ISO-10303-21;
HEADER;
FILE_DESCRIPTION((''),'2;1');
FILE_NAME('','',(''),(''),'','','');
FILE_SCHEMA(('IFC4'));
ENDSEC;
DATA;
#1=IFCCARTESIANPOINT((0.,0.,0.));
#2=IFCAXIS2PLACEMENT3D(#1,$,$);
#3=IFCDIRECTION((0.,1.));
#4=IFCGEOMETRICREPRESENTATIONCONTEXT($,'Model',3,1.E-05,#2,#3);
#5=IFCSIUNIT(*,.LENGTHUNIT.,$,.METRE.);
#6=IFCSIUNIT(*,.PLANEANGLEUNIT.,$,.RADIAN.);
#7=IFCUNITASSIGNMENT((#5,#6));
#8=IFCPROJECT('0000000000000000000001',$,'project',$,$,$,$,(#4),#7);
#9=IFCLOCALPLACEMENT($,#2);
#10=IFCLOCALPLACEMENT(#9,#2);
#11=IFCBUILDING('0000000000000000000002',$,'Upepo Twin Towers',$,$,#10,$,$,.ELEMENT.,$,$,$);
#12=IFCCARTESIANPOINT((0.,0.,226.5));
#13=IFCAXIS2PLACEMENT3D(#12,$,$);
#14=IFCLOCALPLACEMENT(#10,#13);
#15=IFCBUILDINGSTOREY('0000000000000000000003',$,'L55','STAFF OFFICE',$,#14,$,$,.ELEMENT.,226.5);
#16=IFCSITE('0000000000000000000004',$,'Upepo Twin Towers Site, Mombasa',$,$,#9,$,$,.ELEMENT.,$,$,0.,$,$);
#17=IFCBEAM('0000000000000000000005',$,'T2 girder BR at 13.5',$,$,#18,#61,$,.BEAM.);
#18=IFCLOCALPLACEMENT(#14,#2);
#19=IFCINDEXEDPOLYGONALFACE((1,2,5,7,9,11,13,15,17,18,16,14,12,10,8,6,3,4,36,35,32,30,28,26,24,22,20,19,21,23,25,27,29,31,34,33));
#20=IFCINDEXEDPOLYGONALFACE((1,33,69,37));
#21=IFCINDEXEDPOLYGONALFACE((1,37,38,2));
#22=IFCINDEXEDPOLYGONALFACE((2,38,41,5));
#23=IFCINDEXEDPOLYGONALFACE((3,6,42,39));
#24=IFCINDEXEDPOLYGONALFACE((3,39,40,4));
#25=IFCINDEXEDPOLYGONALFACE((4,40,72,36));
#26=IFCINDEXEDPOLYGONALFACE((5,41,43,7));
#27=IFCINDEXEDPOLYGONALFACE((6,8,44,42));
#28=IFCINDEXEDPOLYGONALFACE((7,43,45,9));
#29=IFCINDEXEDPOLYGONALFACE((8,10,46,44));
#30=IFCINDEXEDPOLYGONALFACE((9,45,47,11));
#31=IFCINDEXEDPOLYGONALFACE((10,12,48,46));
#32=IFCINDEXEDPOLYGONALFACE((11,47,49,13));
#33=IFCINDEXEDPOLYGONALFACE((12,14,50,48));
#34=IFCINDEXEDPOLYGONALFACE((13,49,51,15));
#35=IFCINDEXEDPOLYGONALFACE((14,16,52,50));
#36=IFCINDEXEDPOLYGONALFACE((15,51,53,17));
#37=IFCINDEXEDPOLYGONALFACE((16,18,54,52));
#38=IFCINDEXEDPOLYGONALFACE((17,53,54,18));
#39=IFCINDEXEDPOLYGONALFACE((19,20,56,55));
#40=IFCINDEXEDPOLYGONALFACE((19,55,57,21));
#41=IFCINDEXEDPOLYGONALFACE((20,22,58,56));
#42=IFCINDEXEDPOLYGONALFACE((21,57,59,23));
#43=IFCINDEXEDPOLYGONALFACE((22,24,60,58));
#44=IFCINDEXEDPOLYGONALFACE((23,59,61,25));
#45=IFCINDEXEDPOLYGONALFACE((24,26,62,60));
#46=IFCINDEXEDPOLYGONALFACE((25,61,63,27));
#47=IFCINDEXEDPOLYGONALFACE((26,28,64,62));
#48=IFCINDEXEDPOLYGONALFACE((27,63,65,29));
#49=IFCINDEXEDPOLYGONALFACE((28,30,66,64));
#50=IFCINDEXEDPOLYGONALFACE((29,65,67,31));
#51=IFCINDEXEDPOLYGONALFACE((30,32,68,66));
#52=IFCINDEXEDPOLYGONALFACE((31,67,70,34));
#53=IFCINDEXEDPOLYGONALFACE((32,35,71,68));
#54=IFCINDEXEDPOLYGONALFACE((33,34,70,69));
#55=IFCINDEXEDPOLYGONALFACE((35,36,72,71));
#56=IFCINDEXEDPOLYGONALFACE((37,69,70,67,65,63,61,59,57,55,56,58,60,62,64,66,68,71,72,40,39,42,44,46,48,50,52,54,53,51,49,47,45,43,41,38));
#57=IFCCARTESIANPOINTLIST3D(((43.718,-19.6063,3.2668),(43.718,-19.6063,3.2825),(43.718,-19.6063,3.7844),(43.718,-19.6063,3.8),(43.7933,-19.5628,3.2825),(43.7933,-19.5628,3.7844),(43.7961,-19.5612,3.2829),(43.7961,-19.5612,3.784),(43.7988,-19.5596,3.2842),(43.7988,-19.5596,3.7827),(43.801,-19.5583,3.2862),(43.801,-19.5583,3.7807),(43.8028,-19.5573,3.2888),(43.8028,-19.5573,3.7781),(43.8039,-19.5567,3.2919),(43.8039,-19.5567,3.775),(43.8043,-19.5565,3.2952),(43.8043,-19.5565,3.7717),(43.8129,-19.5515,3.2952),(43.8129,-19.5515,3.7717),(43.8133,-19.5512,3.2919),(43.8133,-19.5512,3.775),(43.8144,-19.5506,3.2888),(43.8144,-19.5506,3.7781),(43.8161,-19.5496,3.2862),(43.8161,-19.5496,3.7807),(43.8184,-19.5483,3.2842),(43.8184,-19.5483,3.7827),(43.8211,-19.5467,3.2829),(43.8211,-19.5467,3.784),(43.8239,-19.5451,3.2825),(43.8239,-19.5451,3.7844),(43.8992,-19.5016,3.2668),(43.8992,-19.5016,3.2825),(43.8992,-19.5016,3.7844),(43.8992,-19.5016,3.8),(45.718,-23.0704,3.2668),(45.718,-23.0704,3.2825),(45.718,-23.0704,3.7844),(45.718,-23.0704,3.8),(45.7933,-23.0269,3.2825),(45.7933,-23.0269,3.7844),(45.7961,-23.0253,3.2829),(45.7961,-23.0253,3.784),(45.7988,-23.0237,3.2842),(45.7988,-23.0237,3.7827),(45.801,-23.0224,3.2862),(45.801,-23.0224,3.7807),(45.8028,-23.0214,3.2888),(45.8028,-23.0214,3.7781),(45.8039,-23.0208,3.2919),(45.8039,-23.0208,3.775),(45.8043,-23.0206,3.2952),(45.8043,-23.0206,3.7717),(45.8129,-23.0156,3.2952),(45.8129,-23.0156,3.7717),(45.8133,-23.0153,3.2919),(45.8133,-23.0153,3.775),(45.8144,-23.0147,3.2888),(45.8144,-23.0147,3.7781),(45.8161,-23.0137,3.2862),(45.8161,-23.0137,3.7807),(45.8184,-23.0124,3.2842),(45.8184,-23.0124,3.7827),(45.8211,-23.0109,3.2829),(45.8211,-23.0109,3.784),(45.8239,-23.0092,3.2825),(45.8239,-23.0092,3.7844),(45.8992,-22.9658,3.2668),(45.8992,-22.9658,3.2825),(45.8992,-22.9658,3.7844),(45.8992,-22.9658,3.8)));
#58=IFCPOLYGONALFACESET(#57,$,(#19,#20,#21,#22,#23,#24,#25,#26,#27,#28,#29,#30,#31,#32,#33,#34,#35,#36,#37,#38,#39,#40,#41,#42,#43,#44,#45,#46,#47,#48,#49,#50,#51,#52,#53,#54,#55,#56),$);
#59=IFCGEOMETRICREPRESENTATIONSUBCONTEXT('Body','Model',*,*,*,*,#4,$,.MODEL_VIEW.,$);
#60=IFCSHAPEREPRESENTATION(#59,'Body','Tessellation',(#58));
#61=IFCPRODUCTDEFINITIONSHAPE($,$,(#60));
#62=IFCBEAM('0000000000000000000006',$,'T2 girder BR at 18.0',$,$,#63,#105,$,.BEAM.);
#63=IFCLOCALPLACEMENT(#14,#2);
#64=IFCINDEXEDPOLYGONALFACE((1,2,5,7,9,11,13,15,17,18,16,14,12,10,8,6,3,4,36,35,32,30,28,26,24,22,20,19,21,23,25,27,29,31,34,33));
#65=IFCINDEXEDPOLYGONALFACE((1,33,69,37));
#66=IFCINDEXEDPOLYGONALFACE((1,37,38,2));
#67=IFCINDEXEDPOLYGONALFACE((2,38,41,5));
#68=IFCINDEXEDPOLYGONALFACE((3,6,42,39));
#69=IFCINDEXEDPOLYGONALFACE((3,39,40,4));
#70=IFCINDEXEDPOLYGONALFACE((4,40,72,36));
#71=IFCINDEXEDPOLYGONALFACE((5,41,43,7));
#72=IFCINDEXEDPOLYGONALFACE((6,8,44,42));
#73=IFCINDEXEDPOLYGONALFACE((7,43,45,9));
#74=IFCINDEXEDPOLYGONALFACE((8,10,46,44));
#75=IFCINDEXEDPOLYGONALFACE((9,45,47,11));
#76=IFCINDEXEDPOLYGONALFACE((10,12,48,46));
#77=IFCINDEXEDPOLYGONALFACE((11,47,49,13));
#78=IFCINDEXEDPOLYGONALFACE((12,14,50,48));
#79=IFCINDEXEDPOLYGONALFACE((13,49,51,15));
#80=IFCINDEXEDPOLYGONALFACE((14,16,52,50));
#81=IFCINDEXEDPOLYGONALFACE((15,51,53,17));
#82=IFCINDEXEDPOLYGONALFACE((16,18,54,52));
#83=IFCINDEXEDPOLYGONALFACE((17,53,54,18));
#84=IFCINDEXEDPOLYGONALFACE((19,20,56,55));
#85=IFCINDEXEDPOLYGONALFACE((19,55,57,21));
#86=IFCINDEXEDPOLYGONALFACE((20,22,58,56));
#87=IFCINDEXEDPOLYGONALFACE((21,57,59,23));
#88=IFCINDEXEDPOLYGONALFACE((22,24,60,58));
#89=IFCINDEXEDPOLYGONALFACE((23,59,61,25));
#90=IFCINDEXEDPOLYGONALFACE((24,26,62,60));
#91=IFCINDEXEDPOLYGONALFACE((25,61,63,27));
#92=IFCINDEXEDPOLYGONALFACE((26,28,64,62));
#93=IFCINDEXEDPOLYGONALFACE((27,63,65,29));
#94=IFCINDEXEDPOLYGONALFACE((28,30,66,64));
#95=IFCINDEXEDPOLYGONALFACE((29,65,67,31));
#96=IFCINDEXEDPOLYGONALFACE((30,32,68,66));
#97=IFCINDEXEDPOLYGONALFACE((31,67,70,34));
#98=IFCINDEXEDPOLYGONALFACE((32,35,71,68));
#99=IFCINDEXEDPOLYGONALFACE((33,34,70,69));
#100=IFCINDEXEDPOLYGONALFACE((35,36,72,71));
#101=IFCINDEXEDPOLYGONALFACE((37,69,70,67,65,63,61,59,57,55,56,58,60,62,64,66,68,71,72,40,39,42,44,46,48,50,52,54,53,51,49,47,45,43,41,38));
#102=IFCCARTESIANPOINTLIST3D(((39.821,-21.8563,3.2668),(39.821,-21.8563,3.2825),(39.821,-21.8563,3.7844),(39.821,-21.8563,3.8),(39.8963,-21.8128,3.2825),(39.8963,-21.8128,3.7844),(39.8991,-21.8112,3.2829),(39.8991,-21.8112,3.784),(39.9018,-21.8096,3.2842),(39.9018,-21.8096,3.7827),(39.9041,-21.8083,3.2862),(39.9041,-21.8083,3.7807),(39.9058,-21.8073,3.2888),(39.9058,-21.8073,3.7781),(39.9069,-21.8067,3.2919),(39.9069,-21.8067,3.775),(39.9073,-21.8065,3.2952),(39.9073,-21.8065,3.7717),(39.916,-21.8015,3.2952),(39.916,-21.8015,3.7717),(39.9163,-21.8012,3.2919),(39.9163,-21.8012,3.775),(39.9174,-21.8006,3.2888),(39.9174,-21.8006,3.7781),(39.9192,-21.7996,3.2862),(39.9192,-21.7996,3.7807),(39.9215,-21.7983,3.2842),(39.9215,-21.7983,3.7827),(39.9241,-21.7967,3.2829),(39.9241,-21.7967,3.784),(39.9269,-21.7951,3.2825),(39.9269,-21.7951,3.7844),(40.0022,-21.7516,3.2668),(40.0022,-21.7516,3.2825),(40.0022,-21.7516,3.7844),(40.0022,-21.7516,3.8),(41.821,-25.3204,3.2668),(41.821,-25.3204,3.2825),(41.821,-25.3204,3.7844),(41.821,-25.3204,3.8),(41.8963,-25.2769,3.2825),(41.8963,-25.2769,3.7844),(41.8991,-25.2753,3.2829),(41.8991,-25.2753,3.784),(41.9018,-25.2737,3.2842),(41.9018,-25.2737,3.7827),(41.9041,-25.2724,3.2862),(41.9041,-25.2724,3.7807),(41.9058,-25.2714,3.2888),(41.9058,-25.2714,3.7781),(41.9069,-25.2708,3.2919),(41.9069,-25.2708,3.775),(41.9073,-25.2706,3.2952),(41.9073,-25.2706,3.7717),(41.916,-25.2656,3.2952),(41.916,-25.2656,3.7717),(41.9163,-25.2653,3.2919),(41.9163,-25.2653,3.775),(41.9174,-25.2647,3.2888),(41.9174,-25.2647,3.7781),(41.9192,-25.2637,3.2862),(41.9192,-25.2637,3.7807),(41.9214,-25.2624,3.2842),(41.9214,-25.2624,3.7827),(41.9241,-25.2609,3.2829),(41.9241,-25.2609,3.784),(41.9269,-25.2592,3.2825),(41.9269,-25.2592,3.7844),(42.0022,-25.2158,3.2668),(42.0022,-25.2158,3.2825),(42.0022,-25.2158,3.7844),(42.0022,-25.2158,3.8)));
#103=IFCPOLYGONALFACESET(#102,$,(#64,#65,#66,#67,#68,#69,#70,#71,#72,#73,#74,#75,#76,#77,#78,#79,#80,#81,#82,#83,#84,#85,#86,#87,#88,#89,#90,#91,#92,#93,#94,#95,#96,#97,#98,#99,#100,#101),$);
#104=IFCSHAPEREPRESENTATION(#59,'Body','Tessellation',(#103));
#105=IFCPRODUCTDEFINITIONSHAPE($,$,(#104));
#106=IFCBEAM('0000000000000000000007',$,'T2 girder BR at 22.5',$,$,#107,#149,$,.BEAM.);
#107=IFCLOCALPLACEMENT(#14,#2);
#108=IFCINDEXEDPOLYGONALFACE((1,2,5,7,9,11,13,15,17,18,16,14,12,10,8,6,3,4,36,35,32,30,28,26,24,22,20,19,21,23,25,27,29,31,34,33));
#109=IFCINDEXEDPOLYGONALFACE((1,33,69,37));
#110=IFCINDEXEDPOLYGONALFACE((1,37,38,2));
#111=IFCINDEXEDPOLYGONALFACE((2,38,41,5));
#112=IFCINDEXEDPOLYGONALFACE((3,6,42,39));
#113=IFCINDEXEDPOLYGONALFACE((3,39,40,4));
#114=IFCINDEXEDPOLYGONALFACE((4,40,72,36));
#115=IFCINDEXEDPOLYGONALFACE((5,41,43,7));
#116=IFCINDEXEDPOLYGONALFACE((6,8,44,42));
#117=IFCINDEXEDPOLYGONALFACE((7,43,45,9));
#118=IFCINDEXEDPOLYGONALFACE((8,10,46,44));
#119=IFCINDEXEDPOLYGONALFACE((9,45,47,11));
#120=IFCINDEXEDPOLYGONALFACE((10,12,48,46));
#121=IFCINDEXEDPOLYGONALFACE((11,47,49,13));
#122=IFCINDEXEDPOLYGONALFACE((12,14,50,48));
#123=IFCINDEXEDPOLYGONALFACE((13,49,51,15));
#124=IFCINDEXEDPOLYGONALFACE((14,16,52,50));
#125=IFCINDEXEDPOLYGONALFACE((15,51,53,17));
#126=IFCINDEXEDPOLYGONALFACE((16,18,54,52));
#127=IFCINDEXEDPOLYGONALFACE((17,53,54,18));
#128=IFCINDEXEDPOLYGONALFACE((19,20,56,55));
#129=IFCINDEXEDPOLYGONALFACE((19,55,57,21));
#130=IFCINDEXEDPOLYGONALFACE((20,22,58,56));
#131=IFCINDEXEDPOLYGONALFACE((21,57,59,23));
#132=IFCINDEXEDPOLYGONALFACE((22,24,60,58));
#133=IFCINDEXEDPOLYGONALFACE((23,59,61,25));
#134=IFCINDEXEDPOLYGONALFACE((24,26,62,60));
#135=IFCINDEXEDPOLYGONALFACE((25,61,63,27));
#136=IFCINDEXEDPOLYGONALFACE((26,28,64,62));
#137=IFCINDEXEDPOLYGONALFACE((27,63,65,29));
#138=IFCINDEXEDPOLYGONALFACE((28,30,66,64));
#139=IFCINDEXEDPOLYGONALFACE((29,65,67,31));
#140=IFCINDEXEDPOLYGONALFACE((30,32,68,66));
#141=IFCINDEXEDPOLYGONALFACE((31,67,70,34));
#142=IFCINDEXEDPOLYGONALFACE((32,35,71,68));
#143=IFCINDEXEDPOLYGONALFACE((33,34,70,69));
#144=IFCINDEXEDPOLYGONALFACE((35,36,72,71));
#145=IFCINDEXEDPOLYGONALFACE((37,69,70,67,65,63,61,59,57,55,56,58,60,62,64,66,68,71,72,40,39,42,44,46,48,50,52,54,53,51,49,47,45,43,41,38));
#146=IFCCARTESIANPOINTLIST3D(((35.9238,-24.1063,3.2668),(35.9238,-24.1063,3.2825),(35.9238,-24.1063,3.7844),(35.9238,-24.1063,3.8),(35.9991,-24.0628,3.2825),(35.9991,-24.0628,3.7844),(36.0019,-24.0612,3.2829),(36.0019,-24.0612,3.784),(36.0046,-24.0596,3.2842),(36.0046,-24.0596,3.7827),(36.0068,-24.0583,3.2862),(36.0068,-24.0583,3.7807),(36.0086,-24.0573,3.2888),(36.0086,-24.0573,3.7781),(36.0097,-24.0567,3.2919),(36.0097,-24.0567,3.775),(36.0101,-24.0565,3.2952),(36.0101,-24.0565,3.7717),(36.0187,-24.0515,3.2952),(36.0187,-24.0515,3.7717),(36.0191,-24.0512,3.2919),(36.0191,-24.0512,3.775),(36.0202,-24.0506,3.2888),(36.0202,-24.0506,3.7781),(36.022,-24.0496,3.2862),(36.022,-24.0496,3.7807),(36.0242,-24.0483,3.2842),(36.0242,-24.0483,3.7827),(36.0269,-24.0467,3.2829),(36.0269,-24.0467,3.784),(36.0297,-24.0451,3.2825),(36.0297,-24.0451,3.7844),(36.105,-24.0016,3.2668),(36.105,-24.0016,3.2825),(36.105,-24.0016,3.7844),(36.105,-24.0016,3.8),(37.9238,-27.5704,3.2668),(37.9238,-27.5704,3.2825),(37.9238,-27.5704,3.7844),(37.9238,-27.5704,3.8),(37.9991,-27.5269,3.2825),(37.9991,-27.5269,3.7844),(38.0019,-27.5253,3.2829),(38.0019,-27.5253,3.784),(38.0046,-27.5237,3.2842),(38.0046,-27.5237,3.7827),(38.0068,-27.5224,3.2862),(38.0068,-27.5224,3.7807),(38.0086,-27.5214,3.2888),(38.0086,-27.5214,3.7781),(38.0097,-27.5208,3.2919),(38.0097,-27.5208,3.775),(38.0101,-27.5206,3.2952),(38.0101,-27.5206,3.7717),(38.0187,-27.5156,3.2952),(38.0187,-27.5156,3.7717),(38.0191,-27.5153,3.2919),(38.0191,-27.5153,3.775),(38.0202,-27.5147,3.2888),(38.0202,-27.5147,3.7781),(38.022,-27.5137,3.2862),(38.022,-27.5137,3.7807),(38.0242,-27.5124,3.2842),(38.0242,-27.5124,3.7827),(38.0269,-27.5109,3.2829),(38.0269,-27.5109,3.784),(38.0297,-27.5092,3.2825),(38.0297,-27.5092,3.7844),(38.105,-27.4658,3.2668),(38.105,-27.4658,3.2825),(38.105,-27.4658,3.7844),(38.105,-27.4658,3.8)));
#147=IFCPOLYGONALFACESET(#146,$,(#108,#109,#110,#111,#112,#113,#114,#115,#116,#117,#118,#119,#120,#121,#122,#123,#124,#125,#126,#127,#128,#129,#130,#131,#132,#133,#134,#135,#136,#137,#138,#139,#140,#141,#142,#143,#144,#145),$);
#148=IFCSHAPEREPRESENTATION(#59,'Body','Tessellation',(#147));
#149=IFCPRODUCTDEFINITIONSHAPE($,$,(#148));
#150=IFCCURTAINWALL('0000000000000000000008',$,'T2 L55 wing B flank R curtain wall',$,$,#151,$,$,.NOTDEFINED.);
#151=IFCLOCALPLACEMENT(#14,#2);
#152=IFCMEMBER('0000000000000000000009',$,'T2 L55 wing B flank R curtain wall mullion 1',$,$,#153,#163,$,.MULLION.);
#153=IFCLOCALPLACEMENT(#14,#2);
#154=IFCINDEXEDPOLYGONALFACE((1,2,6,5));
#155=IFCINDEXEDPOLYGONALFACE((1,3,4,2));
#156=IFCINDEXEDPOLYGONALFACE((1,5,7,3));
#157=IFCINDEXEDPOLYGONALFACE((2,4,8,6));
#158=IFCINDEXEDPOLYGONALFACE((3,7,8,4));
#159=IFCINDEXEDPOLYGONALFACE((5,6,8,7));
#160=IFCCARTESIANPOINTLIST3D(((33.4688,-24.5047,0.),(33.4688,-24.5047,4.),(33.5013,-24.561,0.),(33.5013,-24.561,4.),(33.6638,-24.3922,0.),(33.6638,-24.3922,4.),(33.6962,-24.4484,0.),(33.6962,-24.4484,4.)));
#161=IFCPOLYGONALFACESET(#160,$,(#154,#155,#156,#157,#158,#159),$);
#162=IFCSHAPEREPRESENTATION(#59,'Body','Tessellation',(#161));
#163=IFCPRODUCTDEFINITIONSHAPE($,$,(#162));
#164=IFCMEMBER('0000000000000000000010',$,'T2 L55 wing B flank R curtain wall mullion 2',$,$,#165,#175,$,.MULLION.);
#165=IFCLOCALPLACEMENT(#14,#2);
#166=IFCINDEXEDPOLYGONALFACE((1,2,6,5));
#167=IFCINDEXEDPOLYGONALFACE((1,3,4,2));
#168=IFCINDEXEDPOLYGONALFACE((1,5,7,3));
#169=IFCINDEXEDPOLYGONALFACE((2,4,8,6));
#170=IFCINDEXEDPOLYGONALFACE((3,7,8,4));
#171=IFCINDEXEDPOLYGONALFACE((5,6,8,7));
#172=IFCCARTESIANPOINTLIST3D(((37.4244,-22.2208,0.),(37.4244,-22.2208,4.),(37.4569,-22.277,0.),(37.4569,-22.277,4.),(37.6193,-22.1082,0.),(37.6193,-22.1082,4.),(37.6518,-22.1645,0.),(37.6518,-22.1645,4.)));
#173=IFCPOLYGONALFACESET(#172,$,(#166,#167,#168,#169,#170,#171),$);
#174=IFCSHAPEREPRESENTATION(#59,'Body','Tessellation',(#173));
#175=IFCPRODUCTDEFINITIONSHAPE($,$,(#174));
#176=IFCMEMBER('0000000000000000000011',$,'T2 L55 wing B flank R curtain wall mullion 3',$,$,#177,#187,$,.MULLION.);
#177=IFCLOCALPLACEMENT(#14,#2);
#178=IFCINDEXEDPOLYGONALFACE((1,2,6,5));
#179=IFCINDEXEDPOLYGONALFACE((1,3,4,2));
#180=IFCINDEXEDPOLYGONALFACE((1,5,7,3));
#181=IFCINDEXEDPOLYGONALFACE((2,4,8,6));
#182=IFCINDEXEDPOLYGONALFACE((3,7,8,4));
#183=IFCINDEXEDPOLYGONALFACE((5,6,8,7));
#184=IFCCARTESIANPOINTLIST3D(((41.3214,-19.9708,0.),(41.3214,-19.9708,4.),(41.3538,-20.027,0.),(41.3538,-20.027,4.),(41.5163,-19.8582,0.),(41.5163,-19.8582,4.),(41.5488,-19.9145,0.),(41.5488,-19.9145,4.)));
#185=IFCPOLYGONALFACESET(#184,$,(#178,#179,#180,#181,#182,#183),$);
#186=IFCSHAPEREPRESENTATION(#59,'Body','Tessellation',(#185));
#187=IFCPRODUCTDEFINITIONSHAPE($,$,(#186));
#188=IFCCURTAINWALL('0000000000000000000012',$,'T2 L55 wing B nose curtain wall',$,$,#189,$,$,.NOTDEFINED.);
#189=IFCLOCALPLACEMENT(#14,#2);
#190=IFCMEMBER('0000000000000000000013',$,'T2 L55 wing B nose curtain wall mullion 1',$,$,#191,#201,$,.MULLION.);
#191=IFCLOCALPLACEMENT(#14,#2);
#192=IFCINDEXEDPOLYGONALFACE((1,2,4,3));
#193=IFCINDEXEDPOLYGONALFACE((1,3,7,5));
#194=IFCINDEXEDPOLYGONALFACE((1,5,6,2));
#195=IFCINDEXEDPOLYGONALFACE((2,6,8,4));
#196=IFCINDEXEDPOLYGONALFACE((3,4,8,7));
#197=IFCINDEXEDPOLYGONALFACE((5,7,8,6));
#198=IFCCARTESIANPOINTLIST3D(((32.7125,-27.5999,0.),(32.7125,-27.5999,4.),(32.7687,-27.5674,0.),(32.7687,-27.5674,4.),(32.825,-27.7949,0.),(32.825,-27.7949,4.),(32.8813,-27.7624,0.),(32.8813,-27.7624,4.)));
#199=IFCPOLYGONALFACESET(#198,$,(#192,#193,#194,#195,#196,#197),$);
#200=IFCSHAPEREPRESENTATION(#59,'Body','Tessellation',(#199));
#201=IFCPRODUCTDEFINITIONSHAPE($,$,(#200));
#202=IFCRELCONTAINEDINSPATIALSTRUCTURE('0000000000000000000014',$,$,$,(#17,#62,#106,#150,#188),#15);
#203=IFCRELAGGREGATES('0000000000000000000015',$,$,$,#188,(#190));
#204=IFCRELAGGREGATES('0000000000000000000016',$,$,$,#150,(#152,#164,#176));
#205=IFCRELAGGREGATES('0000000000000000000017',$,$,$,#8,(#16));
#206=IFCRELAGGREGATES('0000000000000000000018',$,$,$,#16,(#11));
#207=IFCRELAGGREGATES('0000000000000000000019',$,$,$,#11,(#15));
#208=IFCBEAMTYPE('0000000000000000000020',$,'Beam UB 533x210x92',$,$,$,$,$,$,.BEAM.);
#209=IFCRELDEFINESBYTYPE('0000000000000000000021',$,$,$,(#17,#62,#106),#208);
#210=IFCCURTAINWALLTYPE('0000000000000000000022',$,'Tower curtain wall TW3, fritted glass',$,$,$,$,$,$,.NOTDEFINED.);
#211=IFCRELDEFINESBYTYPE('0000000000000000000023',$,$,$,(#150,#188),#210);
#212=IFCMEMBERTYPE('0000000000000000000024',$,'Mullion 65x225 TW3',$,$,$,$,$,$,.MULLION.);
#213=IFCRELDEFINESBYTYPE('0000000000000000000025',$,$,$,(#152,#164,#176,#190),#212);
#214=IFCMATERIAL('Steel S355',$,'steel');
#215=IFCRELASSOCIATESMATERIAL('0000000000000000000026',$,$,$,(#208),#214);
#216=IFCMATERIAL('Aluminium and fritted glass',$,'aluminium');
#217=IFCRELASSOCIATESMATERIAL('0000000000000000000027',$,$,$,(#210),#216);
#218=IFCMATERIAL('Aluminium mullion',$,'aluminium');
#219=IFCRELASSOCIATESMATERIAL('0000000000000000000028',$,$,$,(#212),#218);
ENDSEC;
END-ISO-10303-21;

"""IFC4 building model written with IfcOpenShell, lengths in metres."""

from ifc_helpers import new_model, si_unit, direction, frame, origin, origin_2d, place, context, subcontext, project, spatial, rectangle, i_section, extrude, material, material_profile, profile_set, type_object, element, aggregate, save


model = new_model("IFC4")

# Units and contexts
model_context = context("Model", 3, precision=1e-05, world=origin(), true_north=direction((0.0, 1.0)))
body_context = subcontext(model_context, "Body", "Model", "MODEL_VIEW")
ifc_project = project(units=[si_unit("LENGTHUNIT", "METRE"), si_unit("PLANEANGLEUNIT", "RADIAN")], contexts=[model_context])

# Site, building, storey
site_placement = place(None, origin())
site = spatial("IfcSite", under=ifc_project, at=site_placement, Name="Upepo Twin Towers Site, Mombasa", CompositionType="ELEMENT", RefElevation=0.0)
building_placement = place(site_placement, origin())
building = spatial("IfcBuilding", under=site, at=building_placement, Name="Upepo Twin Towers", CompositionType="ELEMENT")
storey_placement = place(building_placement, frame((0.0, 0.0, 226.5)))
storey = spatial("IfcBuildingStorey", under=building, at=storey_placement, Name="L55", Description="STAFF OFFICE", CompositionType="ELEMENT", Elevation=226.5)

# Beams
ifc_material_1 = material(Name="Steel S355", Category="steel")
ifc_material_profile_1 = material_profile(ifc_material_1, i_section(OverallWidth=0.2092, OverallDepth=0.5332, WebThickness=0.01, FlangeThickness=0.0156, FilletRadius=0.0127, at=origin_2d()), Name="UB 533x210x92")
ifc_profile_set_1 = profile_set([ifc_material_profile_1], Name="Steel S355")
beam_type_1 = type_object("IfcBeamType", Name="Beam UB 533x210x92", PredefinedType="BEAM", material=ifc_profile_set_1)
for number, where, z_axis, x_axis, name in (
    (1, (43.8086, -19.554, 3.5334), (0.499999, -0.866026, 0.0), (0.866026, 0.499999, 0.0), "T2 girder BR at 13.5"),
    (2, (39.9116, -21.804, 3.5334), (0.499999, -0.866026, 0.0), (0.866026, 0.499999, 0.0), "T2 girder BR at 18.0"),
    (3, (36.0144, -24.054, 3.5334), (0.499999, -0.866026, 0.0), (0.866026, 0.499999, 0.0), "T2 girder BR at 22.5"),
):
    element("IfcBeam", number, at=place(storey_placement, frame(where, z_axis=z_axis, x_axis=x_axis)), inside=storey, type_object=beam_type_1, Name=name, PredefinedType="BEAM", context=body_context, shape_type="SweptSolid", body=[
        extrude(i_section(OverallWidth=0.2092, OverallDepth=0.5332, WebThickness=0.01, FlangeThickness=0.0156, FilletRadius=0.0127, at=origin_2d()), origin(), (0.0, 0.0, 1.0), 4.0),
    ])

# Curtain wall, members
ifc_material_2 = material(Name="Aluminium and fritted glass", Category="aluminium")
curtain_wall_type = type_object("IfcCurtainWallType", Name="Tower curtain wall TW3, fritted glass", PredefinedType="NOTDEFINED", material=ifc_material_2)
curtain_wall_1_placement = place(storey_placement, origin())
curtain_wall_1 = element("IfcCurtainWall", 4, at=curtain_wall_1_placement, inside=storey, type_object=curtain_wall_type, Name="T2 L55 wing B flank R curtain wall", PredefinedType="NOTDEFINED")
ifc_material_3 = material(Name="Aluminium mullion", Category="aluminium")
ifc_material_profile_2 = material_profile(ifc_material_3, rectangle(XDim=0.0649, YDim=0.2251, at=origin_2d()), Name="MULLION 65x225")
ifc_profile_set_2 = profile_set([ifc_material_profile_2], Name="Aluminium mullion")
member_type_1 = type_object("IfcMemberType", Name="Mullion 65x225 TW3", PredefinedType="MULLION", material=ifc_profile_set_2)
member_1_placement = place(storey_placement, frame((33.5825, -24.4766, 0.0), z_axis=(0.0, 0.0, 1.0), x_axis=(-0.5, 0.866025, 0.0)))
member_1 = element("IfcMember", 5, at=member_1_placement, type_object=member_type_1, Name="T2 L55 wing B flank R curtain wall mullion 1", PredefinedType="MULLION", context=body_context, shape_type="SweptSolid", body=[
    extrude(rectangle(XDim=0.0649, YDim=0.2251, at=origin_2d()), origin(), (0.0, 0.0, 1.0), 4.0),
])
member_2_placement = place(storey_placement, frame((37.5381, -22.1926, 0.0), z_axis=(0.0, 0.0, 1.0), x_axis=(-0.5, 0.866025, 0.0)))
member_2 = element("IfcMember", 6, at=member_2_placement, type_object=member_type_1, Name="T2 L55 wing B flank R curtain wall mullion 2", PredefinedType="MULLION", context=body_context, shape_type="SweptSolid", body=[
    extrude(rectangle(XDim=0.0649, YDim=0.2251, at=origin_2d()), origin(), (0.0, 0.0, 1.0), 4.0),
])
member_3_placement = place(storey_placement, frame((41.4351, -19.9426, 0.0), z_axis=(0.0, 0.0, 1.0), x_axis=(-0.5, 0.866025, 0.0)))
member_3 = element("IfcMember", 7, at=member_3_placement, type_object=member_type_1, Name="T2 L55 wing B flank R curtain wall mullion 3", PredefinedType="MULLION", context=body_context, shape_type="SweptSolid", body=[
    extrude(rectangle(XDim=0.0649, YDim=0.2251, at=origin_2d()), origin(), (0.0, 0.0, 1.0), 4.0),
])

# Curtain wall, member
curtain_wall_2_placement = place(storey_placement, origin())
curtain_wall_2 = element("IfcCurtainWall", 8, at=curtain_wall_2_placement, inside=storey, type_object=curtain_wall_type, Name="T2 L55 wing B nose curtain wall", PredefinedType="NOTDEFINED")
member_4_placement = place(storey_placement, frame((32.7969, -27.6812, 0.0), z_axis=(0.0, 0.0, 1.0), x_axis=(0.866025, 0.5, 0.0)))
member_4 = element("IfcMember", 9, at=member_4_placement, type_object=member_type_1, Name="T2 L55 wing B nose curtain wall mullion 1", PredefinedType="MULLION", context=body_context, shape_type="SweptSolid", body=[
    extrude(rectangle(XDim=0.0649, YDim=0.2251, at=origin_2d()), origin(), (0.0, 0.0, 1.0), 4.0),
])
aggregate(curtain_wall_2, [member_4])

aggregate(curtain_wall_1, [member_1, member_2, member_3])

save(model, "model.ifc")
